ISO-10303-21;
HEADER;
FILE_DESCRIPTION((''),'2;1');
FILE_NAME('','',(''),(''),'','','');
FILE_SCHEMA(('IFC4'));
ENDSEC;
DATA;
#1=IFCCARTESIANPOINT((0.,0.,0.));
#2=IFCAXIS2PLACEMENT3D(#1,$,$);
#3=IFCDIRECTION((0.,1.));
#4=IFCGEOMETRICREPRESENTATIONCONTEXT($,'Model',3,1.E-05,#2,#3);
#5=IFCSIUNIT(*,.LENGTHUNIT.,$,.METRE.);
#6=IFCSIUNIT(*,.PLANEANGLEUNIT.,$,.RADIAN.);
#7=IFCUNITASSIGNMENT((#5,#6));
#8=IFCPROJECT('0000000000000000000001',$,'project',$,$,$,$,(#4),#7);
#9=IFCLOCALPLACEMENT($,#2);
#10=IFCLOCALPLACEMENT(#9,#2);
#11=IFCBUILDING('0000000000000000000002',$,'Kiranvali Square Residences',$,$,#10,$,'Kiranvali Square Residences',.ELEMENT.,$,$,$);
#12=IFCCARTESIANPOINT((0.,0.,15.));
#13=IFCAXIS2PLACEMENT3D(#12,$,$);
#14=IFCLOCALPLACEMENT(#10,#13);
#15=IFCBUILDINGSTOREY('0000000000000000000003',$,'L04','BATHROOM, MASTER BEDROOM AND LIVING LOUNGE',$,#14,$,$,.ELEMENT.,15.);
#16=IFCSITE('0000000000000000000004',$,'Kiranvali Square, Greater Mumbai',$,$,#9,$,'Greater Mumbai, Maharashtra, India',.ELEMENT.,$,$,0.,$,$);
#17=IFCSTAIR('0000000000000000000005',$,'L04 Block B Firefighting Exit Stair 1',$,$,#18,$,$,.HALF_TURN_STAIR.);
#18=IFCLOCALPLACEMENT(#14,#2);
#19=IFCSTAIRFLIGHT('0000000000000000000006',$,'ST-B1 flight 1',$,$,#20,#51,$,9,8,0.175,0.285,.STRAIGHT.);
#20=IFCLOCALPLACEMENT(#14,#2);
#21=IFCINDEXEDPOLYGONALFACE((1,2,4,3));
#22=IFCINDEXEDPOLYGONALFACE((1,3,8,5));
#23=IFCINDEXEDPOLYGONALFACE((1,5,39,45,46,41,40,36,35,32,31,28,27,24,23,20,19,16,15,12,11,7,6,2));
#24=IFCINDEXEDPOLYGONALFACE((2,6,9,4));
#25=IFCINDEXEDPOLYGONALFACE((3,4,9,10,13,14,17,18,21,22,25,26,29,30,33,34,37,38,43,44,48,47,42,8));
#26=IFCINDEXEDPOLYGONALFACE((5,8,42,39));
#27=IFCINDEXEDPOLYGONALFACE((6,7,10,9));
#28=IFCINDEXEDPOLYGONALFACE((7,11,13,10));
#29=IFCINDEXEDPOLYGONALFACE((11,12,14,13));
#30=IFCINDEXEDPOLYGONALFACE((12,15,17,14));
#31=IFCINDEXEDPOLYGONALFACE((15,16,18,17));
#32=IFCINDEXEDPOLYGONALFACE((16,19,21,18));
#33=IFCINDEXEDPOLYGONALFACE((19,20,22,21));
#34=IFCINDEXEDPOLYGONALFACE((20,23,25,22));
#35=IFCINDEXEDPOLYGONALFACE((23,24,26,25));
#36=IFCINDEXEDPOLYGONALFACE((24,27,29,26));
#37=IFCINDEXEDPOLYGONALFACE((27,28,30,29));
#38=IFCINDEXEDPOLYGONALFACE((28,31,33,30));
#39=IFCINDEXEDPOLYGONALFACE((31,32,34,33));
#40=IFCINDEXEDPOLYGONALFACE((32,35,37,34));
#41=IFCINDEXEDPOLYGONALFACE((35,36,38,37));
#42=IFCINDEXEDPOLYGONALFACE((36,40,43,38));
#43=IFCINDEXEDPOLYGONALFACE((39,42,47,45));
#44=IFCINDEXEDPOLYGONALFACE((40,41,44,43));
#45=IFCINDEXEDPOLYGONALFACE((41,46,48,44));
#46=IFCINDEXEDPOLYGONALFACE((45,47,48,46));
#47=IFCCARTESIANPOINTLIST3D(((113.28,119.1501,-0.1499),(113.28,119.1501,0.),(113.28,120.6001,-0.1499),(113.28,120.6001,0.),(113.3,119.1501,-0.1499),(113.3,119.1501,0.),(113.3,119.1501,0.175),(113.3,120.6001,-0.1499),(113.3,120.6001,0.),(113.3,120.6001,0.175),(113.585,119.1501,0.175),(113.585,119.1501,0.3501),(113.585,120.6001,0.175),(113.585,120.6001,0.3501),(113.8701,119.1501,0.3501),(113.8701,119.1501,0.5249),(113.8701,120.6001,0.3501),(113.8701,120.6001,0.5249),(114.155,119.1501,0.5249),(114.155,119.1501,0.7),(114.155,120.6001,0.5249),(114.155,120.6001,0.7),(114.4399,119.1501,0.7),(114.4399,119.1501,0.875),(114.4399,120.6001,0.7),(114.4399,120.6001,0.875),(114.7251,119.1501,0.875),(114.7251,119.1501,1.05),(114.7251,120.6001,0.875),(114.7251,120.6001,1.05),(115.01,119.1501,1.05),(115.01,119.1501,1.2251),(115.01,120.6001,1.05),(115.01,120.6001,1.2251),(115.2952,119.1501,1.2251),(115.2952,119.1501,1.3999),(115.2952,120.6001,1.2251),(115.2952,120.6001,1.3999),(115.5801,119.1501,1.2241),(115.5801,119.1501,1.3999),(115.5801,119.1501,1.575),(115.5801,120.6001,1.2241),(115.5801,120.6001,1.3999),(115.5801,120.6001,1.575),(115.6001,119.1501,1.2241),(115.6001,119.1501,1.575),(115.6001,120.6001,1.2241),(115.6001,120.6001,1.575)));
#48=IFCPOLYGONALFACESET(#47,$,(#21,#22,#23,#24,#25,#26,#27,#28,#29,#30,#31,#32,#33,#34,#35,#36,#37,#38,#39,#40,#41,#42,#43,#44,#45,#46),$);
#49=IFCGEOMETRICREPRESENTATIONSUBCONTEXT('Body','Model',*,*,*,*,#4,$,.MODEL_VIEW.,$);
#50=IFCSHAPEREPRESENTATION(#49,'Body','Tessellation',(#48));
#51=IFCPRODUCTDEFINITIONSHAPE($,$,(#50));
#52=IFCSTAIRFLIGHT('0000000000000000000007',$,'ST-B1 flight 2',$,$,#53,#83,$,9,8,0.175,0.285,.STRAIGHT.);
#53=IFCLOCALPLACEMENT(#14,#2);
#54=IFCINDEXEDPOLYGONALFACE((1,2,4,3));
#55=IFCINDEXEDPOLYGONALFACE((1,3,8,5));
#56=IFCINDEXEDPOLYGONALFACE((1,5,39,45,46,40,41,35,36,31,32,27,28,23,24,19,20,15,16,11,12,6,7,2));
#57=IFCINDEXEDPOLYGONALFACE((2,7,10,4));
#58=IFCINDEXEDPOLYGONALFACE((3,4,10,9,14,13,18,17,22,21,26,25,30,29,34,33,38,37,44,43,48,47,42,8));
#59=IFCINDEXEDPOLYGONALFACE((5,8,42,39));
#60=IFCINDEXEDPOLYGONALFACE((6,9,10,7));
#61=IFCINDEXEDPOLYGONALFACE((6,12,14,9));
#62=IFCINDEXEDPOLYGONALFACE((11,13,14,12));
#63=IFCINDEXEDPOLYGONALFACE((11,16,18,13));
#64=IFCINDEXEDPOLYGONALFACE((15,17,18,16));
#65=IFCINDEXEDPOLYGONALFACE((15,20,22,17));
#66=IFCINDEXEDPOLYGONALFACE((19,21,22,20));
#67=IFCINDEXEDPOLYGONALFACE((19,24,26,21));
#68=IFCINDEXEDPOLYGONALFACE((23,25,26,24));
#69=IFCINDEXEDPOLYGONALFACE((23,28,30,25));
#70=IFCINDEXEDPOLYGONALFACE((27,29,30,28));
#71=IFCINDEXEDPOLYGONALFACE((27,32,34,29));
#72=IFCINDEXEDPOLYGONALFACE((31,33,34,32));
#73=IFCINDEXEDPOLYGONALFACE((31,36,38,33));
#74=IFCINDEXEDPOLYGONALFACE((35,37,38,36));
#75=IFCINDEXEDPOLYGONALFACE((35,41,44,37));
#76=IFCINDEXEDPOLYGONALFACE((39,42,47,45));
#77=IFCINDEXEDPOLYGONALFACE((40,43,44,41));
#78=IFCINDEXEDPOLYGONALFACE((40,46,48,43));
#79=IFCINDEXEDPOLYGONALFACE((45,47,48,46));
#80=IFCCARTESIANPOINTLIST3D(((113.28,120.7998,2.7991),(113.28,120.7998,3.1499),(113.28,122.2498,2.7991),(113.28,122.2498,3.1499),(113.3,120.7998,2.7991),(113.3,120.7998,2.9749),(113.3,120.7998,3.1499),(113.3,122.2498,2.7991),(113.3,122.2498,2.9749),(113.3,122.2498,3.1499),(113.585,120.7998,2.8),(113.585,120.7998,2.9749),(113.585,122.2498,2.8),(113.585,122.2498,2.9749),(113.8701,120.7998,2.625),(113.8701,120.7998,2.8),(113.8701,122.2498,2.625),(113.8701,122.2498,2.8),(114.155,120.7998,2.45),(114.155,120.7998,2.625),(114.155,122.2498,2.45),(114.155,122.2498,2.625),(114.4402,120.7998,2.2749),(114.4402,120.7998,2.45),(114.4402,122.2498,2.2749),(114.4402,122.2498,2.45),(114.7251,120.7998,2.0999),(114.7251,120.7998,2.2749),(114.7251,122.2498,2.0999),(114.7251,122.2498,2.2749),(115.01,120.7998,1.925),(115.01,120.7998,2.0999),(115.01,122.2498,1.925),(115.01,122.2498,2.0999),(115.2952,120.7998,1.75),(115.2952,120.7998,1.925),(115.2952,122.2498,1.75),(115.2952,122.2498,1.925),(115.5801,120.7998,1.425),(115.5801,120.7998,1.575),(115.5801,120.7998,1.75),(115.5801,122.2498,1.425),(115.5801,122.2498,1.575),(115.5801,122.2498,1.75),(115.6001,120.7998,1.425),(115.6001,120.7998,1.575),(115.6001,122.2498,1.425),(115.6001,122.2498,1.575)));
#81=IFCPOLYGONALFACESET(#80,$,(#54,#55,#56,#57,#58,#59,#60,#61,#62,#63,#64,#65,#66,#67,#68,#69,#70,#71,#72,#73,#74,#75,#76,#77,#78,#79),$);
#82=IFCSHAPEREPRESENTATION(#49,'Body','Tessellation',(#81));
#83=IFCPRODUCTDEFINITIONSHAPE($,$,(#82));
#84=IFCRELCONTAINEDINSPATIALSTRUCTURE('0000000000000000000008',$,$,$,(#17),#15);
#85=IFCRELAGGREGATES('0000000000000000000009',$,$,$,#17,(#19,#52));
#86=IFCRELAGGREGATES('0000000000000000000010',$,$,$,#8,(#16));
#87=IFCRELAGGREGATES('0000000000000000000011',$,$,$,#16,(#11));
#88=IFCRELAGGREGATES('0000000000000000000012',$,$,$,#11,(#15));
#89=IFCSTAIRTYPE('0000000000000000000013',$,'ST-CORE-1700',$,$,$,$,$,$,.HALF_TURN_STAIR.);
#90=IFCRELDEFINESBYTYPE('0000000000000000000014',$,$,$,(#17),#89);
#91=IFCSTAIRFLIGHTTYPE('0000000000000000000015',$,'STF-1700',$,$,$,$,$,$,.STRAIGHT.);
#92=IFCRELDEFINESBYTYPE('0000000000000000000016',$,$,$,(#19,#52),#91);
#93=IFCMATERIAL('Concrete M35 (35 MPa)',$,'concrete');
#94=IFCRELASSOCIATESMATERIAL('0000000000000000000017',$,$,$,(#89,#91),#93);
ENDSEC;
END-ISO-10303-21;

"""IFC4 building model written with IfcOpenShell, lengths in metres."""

from ifc_helpers import new_model, si_unit, direction, frame, origin, place, context, subcontext, project, spatial, polyline, outline, extrude, material, type_object, element, aggregate, save


model = new_model("IFC4")

# Units and contexts
model_context = context("Model", 3, precision=1e-05, world=origin(), true_north=direction((0.0, 1.0)))
body_context = subcontext(model_context, "Body", "Model", "MODEL_VIEW")
ifc_project = project(units=[si_unit("LENGTHUNIT", "METRE"), si_unit("PLANEANGLEUNIT", "RADIAN")], contexts=[model_context])

# Site, building, storey
site_placement = place(None, origin())
site = spatial("IfcSite", under=ifc_project, at=site_placement, Name="Kiranvali Square, Greater Mumbai", LongName="Greater Mumbai, Maharashtra, India", CompositionType="ELEMENT", RefElevation=0.0)
building_placement = place(site_placement, origin())
building = spatial("IfcBuilding", under=site, at=building_placement, Name="Kiranvali Square Residences", LongName="Kiranvali Square Residences", CompositionType="ELEMENT")
storey_placement = place(building_placement, frame((0.0, 0.0, 15.0)))
storey = spatial("IfcBuildingStorey", under=building, at=storey_placement, Name="L04", Description="BATHROOM, MASTER BEDROOM AND LIVING LOUNGE", CompositionType="ELEMENT", Elevation=15.0)

# Stair, stair flights
ifc_material_1 = material(Name="Concrete M35 (35 MPa)", Category="concrete")
stair_type = type_object("IfcStairType", Name="ST-CORE-1700", PredefinedType="HALF_TURN_STAIR", material=ifc_material_1)
stair_placement = place(storey_placement, origin())
stair = element("IfcStair", 1, at=stair_placement, inside=storey, type_object=stair_type, Name="L04 Block B Firefighting Exit Stair 1", PredefinedType="HALF_TURN_STAIR")
stair_flight_type = type_object("IfcStairFlightType", Name="STF-1700", PredefinedType="STRAIGHT", material=ifc_material_1)
stair_flight_1_placement = place(storey_placement, frame((113.3, 119.875, 0.0), z_axis=(0.0, 0.0, 1.0), x_axis=(1.0, 0.0, 0.0)))
stair_flight_1 = element("IfcStairFlight", 2, at=stair_flight_1_placement, type_object=stair_flight_type, Name="ST-B1 flight 1", NumberOfRisers=9, NumberOfTreads=8, PredefinedType="STRAIGHT", RiserHeight=0.175, TreadLength=0.285, context=body_context, shape_type="SweptSolid", body=[
    extrude(outline(polyline([(-0.02, -0.1499), (-0.02, 0.0), (0.0, 0.0), (0.0, 0.175), (0.2849, 0.175), (0.2849, 0.3501), (0.5701, 0.3501), (0.5701, 0.5249), (0.855, 0.5249), (0.855, 0.7), (1.1399, 0.7), (1.1399, 0.875), (1.425, 0.875), (1.425, 1.05), (1.71, 1.05), (1.71, 1.2251), (1.9951, 1.2251), (1.9951, 1.3999), (2.28, 1.3999), (2.28, 1.575), (2.3, 1.575), (2.3, 1.2241), (2.28, 1.2241), (0.0, -0.1499), (-0.02, -0.1499)])), frame((0.0, 0.7251, 0.0), z_axis=(0.0, -1.0, 0.0), x_axis=(1.0, 0.0, 0.0)), (0.0, 0.0, 1.0), 1.45),
])
stair_flight_2_placement = place(storey_placement, frame((115.5801, 121.5249, 1.575), z_axis=(0.0, 0.0, 1.0), x_axis=(-1.0, 0.0, 0.0)))
stair_flight_2 = element("IfcStairFlight", 3, at=stair_flight_2_placement, type_object=stair_flight_type, Name="ST-B1 flight 2", NumberOfRisers=9, NumberOfTreads=8, PredefinedType="STRAIGHT", RiserHeight=0.175, TreadLength=0.285, context=body_context, shape_type="SweptSolid", body=[
    extrude(outline(polyline([(-0.02, -0.1499), (-0.02, 0.0), (0.0, 0.0), (0.0, 0.175), (0.2849, 0.175), (0.2849, 0.3501), (0.5701, 0.3501), (0.5701, 0.5249), (0.855, 0.5249), (0.855, 0.7), (1.1399, 0.7), (1.1399, 0.875), (1.425, 0.875), (1.425, 1.05), (1.71, 1.05), (1.71, 1.2251), (1.9951, 1.2251), (1.9951, 1.3999), (2.28, 1.3999), (2.28, 1.575), (2.3, 1.575), (2.3, 1.2241), (2.28, 1.2241), (0.0, -0.1499), (-0.02, -0.1499)])), frame((0.0, 0.7251, 0.0), z_axis=(0.0, -1.0, 0.0), x_axis=(1.0, 0.0, 0.0)), (0.0, 0.0, 1.0), 1.45),
])
aggregate(stair, [stair_flight_1, stair_flight_2])

save(model, "model.ifc")
